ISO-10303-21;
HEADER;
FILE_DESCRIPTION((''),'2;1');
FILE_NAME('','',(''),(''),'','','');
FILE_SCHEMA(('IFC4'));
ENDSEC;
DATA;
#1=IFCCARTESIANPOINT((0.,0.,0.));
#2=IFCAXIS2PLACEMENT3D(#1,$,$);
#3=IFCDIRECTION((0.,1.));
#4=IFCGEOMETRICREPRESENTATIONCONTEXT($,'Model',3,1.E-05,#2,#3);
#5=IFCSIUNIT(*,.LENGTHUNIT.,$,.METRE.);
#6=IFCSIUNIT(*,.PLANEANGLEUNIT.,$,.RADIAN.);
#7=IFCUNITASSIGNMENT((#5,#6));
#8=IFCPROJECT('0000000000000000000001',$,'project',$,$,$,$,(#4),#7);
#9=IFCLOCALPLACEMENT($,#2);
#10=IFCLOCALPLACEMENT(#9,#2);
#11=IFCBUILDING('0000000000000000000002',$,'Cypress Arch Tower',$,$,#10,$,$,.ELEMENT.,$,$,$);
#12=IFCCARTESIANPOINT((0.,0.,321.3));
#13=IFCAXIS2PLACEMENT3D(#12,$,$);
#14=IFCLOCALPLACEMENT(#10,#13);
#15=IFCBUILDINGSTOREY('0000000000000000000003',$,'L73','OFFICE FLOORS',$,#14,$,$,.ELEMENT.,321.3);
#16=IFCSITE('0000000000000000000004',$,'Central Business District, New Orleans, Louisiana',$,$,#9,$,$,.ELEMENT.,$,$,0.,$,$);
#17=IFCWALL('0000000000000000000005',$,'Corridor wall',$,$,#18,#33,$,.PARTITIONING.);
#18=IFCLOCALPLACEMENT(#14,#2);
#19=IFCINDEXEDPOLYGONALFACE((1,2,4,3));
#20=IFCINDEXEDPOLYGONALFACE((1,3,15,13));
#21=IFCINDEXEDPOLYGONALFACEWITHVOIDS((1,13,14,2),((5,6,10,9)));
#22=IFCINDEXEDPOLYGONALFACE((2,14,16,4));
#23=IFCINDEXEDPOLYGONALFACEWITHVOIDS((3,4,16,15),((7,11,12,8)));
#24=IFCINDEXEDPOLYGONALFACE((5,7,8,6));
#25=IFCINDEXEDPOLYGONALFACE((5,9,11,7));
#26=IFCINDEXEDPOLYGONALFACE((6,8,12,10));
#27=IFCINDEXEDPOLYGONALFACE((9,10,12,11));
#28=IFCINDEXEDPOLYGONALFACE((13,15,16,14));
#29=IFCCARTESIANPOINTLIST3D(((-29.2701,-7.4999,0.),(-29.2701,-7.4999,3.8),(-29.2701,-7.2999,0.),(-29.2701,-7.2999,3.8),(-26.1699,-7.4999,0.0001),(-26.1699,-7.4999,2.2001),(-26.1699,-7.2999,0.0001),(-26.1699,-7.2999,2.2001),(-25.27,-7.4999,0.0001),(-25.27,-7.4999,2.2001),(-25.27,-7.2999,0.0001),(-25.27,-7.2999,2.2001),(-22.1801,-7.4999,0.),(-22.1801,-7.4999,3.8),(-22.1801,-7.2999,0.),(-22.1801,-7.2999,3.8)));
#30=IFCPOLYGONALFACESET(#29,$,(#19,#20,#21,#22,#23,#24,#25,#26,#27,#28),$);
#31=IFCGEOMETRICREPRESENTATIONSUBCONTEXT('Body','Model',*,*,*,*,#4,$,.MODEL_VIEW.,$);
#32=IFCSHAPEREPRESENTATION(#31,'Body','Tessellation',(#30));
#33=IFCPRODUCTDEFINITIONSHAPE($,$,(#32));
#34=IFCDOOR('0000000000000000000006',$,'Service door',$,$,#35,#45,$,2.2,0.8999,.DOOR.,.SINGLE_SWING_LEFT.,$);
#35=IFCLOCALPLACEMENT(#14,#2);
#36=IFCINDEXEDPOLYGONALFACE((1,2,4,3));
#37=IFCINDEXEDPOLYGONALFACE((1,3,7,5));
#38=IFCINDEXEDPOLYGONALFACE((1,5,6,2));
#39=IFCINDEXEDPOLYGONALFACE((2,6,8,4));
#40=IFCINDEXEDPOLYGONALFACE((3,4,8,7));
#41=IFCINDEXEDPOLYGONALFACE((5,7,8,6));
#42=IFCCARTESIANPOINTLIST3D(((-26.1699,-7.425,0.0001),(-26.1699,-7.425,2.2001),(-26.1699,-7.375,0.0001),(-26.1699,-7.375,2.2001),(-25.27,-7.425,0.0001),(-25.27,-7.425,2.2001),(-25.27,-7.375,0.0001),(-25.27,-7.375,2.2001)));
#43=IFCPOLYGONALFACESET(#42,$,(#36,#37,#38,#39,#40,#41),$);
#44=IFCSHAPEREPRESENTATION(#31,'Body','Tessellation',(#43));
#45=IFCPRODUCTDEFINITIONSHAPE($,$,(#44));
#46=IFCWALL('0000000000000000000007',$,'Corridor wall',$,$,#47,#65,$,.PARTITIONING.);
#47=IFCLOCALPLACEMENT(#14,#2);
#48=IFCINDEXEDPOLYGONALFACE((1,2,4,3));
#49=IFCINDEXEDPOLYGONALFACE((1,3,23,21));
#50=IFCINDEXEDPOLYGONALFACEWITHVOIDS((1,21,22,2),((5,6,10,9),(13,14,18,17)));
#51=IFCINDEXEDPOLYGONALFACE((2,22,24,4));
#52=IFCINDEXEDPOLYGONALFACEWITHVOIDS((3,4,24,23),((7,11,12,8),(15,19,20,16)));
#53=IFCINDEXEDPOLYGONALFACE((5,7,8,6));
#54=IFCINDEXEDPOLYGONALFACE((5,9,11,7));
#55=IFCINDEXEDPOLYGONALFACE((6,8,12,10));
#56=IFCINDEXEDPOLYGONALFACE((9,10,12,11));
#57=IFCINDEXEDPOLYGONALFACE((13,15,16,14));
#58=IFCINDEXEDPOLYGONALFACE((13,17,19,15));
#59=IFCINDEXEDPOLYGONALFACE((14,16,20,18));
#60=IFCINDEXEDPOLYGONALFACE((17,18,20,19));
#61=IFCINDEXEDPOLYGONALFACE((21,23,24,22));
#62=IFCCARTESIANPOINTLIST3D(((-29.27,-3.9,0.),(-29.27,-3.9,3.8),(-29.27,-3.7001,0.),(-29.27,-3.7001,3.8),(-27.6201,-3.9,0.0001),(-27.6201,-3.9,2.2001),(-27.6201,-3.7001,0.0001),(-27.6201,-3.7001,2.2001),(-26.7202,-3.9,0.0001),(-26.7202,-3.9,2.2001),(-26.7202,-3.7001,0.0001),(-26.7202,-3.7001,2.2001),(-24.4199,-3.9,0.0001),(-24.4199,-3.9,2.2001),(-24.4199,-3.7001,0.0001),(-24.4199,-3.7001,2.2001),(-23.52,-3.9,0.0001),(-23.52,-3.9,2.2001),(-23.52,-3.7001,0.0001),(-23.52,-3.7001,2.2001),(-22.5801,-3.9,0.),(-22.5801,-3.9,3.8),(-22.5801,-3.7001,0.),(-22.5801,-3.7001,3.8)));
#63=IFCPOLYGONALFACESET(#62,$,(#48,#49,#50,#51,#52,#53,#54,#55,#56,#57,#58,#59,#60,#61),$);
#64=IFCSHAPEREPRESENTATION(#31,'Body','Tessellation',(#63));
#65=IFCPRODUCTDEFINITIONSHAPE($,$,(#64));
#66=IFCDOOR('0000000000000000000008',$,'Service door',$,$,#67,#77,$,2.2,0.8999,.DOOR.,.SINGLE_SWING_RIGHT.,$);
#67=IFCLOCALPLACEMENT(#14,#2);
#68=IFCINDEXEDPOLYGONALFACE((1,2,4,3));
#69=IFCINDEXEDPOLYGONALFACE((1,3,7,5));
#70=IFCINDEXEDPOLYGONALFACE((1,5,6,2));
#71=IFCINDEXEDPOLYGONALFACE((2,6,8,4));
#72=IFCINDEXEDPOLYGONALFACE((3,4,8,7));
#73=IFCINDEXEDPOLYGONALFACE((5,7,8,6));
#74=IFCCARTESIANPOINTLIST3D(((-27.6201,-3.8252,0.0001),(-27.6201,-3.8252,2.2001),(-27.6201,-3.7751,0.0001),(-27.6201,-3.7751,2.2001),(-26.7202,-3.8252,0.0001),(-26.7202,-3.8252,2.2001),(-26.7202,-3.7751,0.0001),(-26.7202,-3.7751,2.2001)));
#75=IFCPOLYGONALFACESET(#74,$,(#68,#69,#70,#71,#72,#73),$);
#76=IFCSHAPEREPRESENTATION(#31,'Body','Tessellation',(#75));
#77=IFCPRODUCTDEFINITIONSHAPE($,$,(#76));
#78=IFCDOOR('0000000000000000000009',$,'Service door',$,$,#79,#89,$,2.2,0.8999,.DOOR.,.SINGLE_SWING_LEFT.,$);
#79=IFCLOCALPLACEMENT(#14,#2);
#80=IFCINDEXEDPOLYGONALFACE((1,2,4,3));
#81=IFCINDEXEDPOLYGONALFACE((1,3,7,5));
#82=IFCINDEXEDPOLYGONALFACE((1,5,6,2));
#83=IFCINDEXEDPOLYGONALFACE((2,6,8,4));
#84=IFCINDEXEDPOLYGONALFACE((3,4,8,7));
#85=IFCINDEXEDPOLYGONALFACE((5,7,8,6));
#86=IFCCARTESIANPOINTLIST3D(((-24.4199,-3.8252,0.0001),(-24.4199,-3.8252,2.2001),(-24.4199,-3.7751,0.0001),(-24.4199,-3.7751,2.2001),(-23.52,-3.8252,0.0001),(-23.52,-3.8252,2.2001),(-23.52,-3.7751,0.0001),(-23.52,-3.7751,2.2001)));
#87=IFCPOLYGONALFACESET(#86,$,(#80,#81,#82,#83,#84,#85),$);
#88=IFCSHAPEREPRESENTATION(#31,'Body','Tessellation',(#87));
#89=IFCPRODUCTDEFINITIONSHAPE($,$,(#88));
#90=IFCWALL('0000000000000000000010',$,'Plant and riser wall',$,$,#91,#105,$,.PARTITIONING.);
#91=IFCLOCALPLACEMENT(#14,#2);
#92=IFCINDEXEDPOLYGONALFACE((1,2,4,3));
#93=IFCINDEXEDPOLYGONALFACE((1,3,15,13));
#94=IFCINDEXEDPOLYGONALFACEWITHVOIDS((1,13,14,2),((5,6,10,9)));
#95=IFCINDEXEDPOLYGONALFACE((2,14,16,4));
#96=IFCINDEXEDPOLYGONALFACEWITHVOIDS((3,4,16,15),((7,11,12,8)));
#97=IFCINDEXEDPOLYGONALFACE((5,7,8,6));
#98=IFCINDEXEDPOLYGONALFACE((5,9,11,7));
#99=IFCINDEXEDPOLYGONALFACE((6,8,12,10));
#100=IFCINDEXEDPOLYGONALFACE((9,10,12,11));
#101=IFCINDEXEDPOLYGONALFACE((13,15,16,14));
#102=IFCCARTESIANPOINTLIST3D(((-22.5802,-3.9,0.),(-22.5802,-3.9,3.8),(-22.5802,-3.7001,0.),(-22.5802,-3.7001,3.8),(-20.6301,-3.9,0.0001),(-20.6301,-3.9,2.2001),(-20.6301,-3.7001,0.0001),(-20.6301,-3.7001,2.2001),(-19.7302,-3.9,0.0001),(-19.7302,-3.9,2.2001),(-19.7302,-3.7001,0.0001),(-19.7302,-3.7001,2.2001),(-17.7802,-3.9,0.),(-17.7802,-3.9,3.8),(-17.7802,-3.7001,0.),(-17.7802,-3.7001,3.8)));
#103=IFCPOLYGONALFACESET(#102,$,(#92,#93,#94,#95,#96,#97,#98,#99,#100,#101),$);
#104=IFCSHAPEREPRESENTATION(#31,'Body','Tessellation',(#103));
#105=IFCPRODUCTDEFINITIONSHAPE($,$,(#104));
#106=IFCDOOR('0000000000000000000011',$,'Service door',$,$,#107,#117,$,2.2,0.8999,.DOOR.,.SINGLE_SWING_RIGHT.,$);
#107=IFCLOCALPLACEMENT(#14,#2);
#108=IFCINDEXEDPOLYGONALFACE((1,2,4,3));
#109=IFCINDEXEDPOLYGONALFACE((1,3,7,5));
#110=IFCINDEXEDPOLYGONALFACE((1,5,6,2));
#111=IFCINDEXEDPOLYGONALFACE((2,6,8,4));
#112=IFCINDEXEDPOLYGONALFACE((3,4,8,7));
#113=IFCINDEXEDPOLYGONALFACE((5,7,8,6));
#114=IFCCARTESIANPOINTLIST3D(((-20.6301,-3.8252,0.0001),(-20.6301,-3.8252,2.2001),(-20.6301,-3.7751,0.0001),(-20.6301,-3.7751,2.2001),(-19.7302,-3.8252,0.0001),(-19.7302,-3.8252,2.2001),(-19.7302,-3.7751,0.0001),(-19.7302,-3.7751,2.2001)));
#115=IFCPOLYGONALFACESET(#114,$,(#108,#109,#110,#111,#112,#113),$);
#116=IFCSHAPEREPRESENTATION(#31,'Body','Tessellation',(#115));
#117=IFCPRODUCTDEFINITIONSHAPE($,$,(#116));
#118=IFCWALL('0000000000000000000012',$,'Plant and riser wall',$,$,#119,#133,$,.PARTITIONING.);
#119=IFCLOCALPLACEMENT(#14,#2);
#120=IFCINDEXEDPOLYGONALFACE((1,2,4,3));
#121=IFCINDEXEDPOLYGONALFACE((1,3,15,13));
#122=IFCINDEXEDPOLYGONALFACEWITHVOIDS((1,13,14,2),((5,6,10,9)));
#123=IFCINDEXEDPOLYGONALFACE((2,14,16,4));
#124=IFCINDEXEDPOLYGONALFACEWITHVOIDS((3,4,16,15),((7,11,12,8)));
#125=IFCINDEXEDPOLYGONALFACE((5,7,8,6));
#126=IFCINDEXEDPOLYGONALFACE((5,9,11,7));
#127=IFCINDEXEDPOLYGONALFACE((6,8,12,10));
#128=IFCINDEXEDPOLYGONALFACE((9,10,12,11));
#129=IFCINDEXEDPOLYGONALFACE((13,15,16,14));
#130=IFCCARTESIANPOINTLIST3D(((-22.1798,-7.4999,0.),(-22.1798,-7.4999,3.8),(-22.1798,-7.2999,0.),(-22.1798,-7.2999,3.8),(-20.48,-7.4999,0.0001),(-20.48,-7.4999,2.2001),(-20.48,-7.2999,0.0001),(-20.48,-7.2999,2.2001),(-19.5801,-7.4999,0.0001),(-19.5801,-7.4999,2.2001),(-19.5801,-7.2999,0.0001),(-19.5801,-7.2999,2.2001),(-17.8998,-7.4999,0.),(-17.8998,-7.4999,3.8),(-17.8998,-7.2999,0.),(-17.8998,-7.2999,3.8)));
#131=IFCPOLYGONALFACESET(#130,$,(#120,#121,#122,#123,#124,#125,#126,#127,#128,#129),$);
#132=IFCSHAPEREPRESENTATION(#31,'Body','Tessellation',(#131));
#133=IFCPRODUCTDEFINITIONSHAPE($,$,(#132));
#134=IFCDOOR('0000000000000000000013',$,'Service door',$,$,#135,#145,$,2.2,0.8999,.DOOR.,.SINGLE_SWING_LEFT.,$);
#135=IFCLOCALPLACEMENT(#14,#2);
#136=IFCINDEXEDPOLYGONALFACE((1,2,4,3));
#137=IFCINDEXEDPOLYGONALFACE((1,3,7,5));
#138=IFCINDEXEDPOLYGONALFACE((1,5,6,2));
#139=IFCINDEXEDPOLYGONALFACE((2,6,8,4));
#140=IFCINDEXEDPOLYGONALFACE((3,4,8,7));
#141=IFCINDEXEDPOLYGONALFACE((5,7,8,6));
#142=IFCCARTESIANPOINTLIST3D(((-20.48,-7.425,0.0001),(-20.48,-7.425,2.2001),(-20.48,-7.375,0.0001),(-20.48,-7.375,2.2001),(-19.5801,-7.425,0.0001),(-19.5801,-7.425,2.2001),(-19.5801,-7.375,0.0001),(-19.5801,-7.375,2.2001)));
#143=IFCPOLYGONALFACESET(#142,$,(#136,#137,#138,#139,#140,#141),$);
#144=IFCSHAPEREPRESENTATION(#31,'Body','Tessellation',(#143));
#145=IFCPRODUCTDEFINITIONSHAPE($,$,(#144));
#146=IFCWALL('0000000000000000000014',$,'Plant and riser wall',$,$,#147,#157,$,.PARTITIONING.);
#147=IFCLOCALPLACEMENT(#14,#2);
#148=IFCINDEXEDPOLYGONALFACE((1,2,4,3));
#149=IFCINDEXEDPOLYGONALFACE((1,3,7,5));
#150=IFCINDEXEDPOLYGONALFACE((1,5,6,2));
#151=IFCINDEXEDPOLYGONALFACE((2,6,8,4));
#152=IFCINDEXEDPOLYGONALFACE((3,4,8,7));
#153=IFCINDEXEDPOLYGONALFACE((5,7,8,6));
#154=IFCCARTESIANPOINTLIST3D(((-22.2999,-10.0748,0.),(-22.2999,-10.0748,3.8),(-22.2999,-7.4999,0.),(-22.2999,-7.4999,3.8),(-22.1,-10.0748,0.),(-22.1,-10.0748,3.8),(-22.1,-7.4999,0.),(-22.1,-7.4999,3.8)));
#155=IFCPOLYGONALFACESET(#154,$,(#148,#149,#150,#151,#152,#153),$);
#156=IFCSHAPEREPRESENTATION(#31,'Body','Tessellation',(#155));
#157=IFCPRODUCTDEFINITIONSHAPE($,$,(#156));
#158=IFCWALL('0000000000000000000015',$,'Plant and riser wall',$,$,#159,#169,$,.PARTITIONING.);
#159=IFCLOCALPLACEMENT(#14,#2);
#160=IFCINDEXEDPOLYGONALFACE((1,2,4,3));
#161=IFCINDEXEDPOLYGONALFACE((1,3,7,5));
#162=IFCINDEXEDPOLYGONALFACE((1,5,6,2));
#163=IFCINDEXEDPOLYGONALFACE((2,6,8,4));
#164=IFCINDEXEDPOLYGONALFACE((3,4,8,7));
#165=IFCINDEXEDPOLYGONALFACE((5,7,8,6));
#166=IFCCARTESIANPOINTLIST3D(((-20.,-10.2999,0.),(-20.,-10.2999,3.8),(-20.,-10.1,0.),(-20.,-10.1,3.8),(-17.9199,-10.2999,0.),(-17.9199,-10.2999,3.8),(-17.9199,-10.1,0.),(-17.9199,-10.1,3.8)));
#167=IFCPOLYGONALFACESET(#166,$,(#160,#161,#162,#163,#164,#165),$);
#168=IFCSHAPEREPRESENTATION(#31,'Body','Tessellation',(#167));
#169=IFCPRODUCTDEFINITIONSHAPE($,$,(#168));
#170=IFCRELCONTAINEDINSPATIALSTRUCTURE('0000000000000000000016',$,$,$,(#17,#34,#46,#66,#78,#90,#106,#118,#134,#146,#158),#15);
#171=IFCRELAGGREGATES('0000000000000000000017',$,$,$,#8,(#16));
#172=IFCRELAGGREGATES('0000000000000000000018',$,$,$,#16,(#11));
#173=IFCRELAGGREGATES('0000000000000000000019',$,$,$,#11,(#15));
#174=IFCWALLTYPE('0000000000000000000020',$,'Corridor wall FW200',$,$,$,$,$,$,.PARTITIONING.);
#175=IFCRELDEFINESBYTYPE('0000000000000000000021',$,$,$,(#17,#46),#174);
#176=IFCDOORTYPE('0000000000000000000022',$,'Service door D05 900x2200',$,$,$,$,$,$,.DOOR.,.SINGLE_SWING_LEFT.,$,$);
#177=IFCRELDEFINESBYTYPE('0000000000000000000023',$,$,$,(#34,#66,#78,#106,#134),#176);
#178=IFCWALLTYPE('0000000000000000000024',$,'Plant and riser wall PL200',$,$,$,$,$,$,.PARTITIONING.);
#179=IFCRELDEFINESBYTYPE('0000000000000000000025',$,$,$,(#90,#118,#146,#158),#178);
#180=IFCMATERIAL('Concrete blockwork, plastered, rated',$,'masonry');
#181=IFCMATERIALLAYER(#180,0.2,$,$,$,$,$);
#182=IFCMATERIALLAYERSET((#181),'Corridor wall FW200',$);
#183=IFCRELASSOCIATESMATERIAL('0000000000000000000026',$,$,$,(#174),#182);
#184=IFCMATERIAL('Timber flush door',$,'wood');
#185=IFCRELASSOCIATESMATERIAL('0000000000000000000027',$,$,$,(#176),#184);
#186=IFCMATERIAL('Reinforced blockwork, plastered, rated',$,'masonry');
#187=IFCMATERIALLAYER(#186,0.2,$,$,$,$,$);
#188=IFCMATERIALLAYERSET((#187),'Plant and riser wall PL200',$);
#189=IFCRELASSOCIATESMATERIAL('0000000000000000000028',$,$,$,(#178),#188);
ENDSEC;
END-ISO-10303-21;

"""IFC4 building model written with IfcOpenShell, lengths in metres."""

from ifc_helpers import new_model, si_unit, direction, frame, frame_2d, origin, place, context, subcontext, project, spatial, rectangle, extrude, material, layer, layer_set, type_object, element, fill, save


model = new_model("IFC4")

# Units and contexts
model_context = context("Model", 3, precision=1e-05, world=origin(), true_north=direction((0.0, 1.0)))
body_context = subcontext(model_context, "Body", "Model", "MODEL_VIEW")
ifc_project = project(units=[si_unit("LENGTHUNIT", "METRE"), si_unit("PLANEANGLEUNIT", "RADIAN")], contexts=[model_context])

# Site, building, storey
site_placement = place(None, origin())
site = spatial("IfcSite", under=ifc_project, at=site_placement, Name="Central Business District, New Orleans, Louisiana", CompositionType="ELEMENT", RefElevation=0.0)
building_placement = place(site_placement, origin())
building = spatial("IfcBuilding", under=site, at=building_placement, Name="Cypress Arch Tower", CompositionType="ELEMENT")
storey_placement = place(building_placement, frame((0.0, 0.0, 321.3)))
storey = spatial("IfcBuildingStorey", under=building, at=storey_placement, Name="L73", Description="OFFICE FLOORS", CompositionType="ELEMENT", Elevation=321.3)

# Wall, opening, door
ifc_material_1 = material(Name="Concrete blockwork, plastered, rated", Category="masonry")
ifc_layer_1 = layer(ifc_material_1, 0.2)
ifc_layer_set_1 = layer_set([ifc_layer_1], Name="Corridor wall FW200")
wall_type_1 = type_object("IfcWallType", Name="Corridor wall FW200", PredefinedType="PARTITIONING", material=ifc_layer_set_1)
wall_1_placement = place(storey_placement, frame((-29.27, -7.3999, 0.0), z_axis=(0.0, 0.0, 1.0), x_axis=(1.0, 0.0, 0.0)))
wall_1 = element("IfcWall", 1, at=wall_1_placement, inside=storey, type_object=wall_type_1, Name="Corridor wall", PredefinedType="PARTITIONING", context=body_context, shape_type="SweptSolid", body=[
    extrude(rectangle(XDim=7.0901, YDim=0.2, at=frame_2d((3.5449, 0.0))), origin(), (0.0, 0.0, 1.0), 3.8),
])
opening_1_placement = place(wall_1_placement, frame((3.1001, 0.0, 0.0)))
opening_1 = element("IfcOpeningElement", 2, at=opening_1_placement, cuts=wall_1, PredefinedType="OPENING", context=body_context, shape_type="SweptSolid", body=[
    extrude(rectangle(XDim=0.8999, YDim=2.2, at=frame_2d((0.45, 1.1001))), frame((0.0, 0.1099, 0.0), z_axis=(0.0, -1.0, 0.0), x_axis=(1.0, 0.0, 0.0)), (0.0, 0.0, 1.0), 0.22),
])
ifc_material_2 = material(Name="Timber flush door", Category="wood")
door_type_1 = type_object("IfcDoorType", Name="Service door D05 900x2200", OperationType="SINGLE_SWING_LEFT", PredefinedType="DOOR", material=ifc_material_2)
door_1_placement = place(opening_1_placement, origin())
door_1 = element("IfcDoor", 3, at=door_1_placement, inside=storey, type_object=door_type_1, Name="Service door", OperationType="SINGLE_SWING_LEFT", OverallHeight=2.2, OverallWidth=0.8999, PredefinedType="DOOR", context=body_context, shape_type="SweptSolid", body=[
    extrude(rectangle(XDim=0.8999, YDim=2.2, at=frame_2d((0.45, 1.1001))), frame((0.0, 0.0249, 0.0), z_axis=(0.0, -1.0, 0.0), x_axis=(1.0, 0.0, 0.0)), (0.0, 0.0, 1.0), 0.05),
])
fill(opening_1, door_1)

# Wall, openings, doors
wall_2_placement = place(storey_placement, frame((-29.27, -3.8, 0.0), z_axis=(0.0, 0.0, 1.0), x_axis=(1.0, 0.0, 0.0)))
wall_2 = element("IfcWall", 4, at=wall_2_placement, inside=storey, type_object=wall_type_1, Name="Corridor wall", PredefinedType="PARTITIONING", context=body_context, shape_type="SweptSolid", body=[
    extrude(rectangle(XDim=6.6899, YDim=0.2, at=frame_2d((3.345, 0.0))), origin(), (0.0, 0.0, 1.0), 3.8),
])
opening_2_placement = place(wall_2_placement, frame((1.6499, 0.0, 0.0)))
opening_2 = element("IfcOpeningElement", 5, at=opening_2_placement, cuts=wall_2, PredefinedType="OPENING", context=body_context, shape_type="SweptSolid", body=[
    extrude(rectangle(XDim=0.8999, YDim=2.2, at=frame_2d((0.45, 1.1001))), frame((0.0, 0.1099, 0.0), z_axis=(0.0, -1.0, 0.0), x_axis=(1.0, 0.0, 0.0)), (0.0, 0.0, 1.0), 0.22),
])
opening_3_placement = place(wall_2_placement, frame((4.8501, 0.0, 0.0)))
opening_3 = element("IfcOpeningElement", 6, at=opening_3_placement, cuts=wall_2, PredefinedType="OPENING", context=body_context, shape_type="SweptSolid", body=[
    extrude(rectangle(XDim=0.8999, YDim=2.2, at=frame_2d((0.45, 1.1001))), frame((0.0, 0.1099, 0.0), z_axis=(0.0, -1.0, 0.0), x_axis=(1.0, 0.0, 0.0)), (0.0, 0.0, 1.0), 0.22),
])
door_2_placement = place(opening_2_placement, origin())
door_2 = element("IfcDoor", 7, at=door_2_placement, inside=storey, type_object=door_type_1, Name="Service door", OperationType="SINGLE_SWING_RIGHT", OverallHeight=2.2, OverallWidth=0.8999, PredefinedType="DOOR", context=body_context, shape_type="SweptSolid", body=[
    extrude(rectangle(XDim=0.8999, YDim=2.2, at=frame_2d((0.45, 1.1001))), frame((0.0, 0.0249, 0.0), z_axis=(0.0, -1.0, 0.0), x_axis=(1.0, 0.0, 0.0)), (0.0, 0.0, 1.0), 0.05),
])
fill(opening_2, door_2)
door_3_placement = place(opening_3_placement, origin())
door_3 = element("IfcDoor", 8, at=door_3_placement, inside=storey, type_object=door_type_1, Name="Service door", OperationType="SINGLE_SWING_LEFT", OverallHeight=2.2, OverallWidth=0.8999, PredefinedType="DOOR", context=body_context, shape_type="SweptSolid", body=[
    extrude(rectangle(XDim=0.8999, YDim=2.2, at=frame_2d((0.45, 1.1001))), frame((0.0, 0.0249, 0.0), z_axis=(0.0, -1.0, 0.0), x_axis=(1.0, 0.0, 0.0)), (0.0, 0.0, 1.0), 0.05),
])
fill(opening_3, door_3)

# Walls, openings, doors
ifc_material_3 = material(Name="Reinforced blockwork, plastered, rated", Category="masonry")
ifc_layer_2 = layer(ifc_material_3, 0.2)
ifc_layer_set_2 = layer_set([ifc_layer_2], Name="Plant and riser wall PL200")
wall_type_2 = type_object("IfcWallType", Name="Plant and riser wall PL200", PredefinedType="PARTITIONING", material=ifc_layer_set_2)
wall_3_placement = place(storey_placement, frame((-22.5801, -3.8, 0.0), z_axis=(0.0, 0.0, 1.0), x_axis=(1.0, 0.0, 0.0)))
wall_3 = element("IfcWall", 9, at=wall_3_placement, inside=storey, type_object=wall_type_2, Name="Plant and riser wall", PredefinedType="PARTITIONING", context=body_context, shape_type="SweptSolid", body=[
    extrude(rectangle(XDim=4.8, YDim=0.2, at=frame_2d((2.3999, 0.0))), origin(), (0.0, 0.0, 1.0), 3.8),
])
opening_4_placement = place(wall_3_placement, frame((1.95, 0.0, 0.0)))
opening_4 = element("IfcOpeningElement", 10, at=opening_4_placement, cuts=wall_3, PredefinedType="OPENING", context=body_context, shape_type="SweptSolid", body=[
    extrude(rectangle(XDim=0.8999, YDim=2.2, at=frame_2d((0.45, 1.1001))), frame((0.0, 0.1099, 0.0), z_axis=(0.0, -1.0, 0.0), x_axis=(1.0, 0.0, 0.0)), (0.0, 0.0, 1.0), 0.22),
])
door_4_placement = place(opening_4_placement, origin())
door_4 = element("IfcDoor", 11, at=door_4_placement, inside=storey, type_object=door_type_1, Name="Service door", OperationType="SINGLE_SWING_RIGHT", OverallHeight=2.2, OverallWidth=0.8999, PredefinedType="DOOR", context=body_context, shape_type="SweptSolid", body=[
    extrude(rectangle(XDim=0.8999, YDim=2.2, at=frame_2d((0.45, 1.1001))), frame((0.0, 0.0249, 0.0), z_axis=(0.0, -1.0, 0.0), x_axis=(1.0, 0.0, 0.0)), (0.0, 0.0, 1.0), 0.05),
])
fill(opening_4, door_4)
wall_4_placement = place(storey_placement, frame((-22.1799, -7.3999, 0.0), z_axis=(0.0, 0.0, 1.0), x_axis=(1.0, 0.0, 0.0)))
wall_4 = element("IfcWall", 12, at=wall_4_placement, inside=storey, type_object=wall_type_2, Name="Plant and riser wall", PredefinedType="PARTITIONING", context=body_context, shape_type="SweptSolid", body=[
    extrude(rectangle(XDim=4.28, YDim=0.2, at=frame_2d((2.1401, 0.0))), origin(), (0.0, 0.0, 1.0), 3.8),
])
opening_5_placement = place(wall_4_placement, frame((1.7, 0.0, 0.0)))
opening_5 = element("IfcOpeningElement", 13, at=opening_5_placement, cuts=wall_4, PredefinedType="OPENING", context=body_context, shape_type="SweptSolid", body=[
    extrude(rectangle(XDim=0.8999, YDim=2.2, at=frame_2d((0.45, 1.1001))), frame((0.0, 0.1099, 0.0), z_axis=(0.0, -1.0, 0.0), x_axis=(1.0, 0.0, 0.0)), (0.0, 0.0, 1.0), 0.22),
])
door_5_placement = place(opening_5_placement, origin())
door_5 = element("IfcDoor", 14, at=door_5_placement, inside=storey, type_object=door_type_1, Name="Service door", OperationType="SINGLE_SWING_LEFT", OverallHeight=2.2, OverallWidth=0.8999, PredefinedType="DOOR", context=body_context, shape_type="SweptSolid", body=[
    extrude(rectangle(XDim=0.8999, YDim=2.2, at=frame_2d((0.45, 1.1001))), frame((0.0, 0.0249, 0.0), z_axis=(0.0, -1.0, 0.0), x_axis=(1.0, 0.0, 0.0)), (0.0, 0.0, 1.0), 0.05),
])
fill(opening_5, door_5)

# Walls
wall_5_placement = place(storey_placement, frame((-22.2, -10.075, 0.0), z_axis=(0.0, 0.0, 1.0), x_axis=(0.0, 1.0, 0.0)))
element("IfcWall", 15, at=wall_5_placement, inside=storey, type_object=wall_type_2, Name="Plant and riser wall", PredefinedType="PARTITIONING", context=body_context, shape_type="SweptSolid", body=[
    extrude(rectangle(XDim=2.575, YDim=0.2, at=frame_2d((1.2876, 0.0))), origin(), (0.0, 0.0, 1.0), 3.8),
])
wall_6_placement = place(storey_placement, frame((-20.0, -10.2, 0.0), z_axis=(0.0, 0.0, 1.0), x_axis=(1.0, 0.0, 0.0)))
element("IfcWall", 16, at=wall_6_placement, inside=storey, type_object=wall_type_2, Name="Plant and riser wall", PredefinedType="PARTITIONING", context=body_context, shape_type="SweptSolid", body=[
    extrude(rectangle(XDim=2.0801, YDim=0.2, at=frame_2d((1.04, 0.0))), origin(), (0.0, 0.0, 1.0), 3.8),
])

save(model, "model.ifc")
